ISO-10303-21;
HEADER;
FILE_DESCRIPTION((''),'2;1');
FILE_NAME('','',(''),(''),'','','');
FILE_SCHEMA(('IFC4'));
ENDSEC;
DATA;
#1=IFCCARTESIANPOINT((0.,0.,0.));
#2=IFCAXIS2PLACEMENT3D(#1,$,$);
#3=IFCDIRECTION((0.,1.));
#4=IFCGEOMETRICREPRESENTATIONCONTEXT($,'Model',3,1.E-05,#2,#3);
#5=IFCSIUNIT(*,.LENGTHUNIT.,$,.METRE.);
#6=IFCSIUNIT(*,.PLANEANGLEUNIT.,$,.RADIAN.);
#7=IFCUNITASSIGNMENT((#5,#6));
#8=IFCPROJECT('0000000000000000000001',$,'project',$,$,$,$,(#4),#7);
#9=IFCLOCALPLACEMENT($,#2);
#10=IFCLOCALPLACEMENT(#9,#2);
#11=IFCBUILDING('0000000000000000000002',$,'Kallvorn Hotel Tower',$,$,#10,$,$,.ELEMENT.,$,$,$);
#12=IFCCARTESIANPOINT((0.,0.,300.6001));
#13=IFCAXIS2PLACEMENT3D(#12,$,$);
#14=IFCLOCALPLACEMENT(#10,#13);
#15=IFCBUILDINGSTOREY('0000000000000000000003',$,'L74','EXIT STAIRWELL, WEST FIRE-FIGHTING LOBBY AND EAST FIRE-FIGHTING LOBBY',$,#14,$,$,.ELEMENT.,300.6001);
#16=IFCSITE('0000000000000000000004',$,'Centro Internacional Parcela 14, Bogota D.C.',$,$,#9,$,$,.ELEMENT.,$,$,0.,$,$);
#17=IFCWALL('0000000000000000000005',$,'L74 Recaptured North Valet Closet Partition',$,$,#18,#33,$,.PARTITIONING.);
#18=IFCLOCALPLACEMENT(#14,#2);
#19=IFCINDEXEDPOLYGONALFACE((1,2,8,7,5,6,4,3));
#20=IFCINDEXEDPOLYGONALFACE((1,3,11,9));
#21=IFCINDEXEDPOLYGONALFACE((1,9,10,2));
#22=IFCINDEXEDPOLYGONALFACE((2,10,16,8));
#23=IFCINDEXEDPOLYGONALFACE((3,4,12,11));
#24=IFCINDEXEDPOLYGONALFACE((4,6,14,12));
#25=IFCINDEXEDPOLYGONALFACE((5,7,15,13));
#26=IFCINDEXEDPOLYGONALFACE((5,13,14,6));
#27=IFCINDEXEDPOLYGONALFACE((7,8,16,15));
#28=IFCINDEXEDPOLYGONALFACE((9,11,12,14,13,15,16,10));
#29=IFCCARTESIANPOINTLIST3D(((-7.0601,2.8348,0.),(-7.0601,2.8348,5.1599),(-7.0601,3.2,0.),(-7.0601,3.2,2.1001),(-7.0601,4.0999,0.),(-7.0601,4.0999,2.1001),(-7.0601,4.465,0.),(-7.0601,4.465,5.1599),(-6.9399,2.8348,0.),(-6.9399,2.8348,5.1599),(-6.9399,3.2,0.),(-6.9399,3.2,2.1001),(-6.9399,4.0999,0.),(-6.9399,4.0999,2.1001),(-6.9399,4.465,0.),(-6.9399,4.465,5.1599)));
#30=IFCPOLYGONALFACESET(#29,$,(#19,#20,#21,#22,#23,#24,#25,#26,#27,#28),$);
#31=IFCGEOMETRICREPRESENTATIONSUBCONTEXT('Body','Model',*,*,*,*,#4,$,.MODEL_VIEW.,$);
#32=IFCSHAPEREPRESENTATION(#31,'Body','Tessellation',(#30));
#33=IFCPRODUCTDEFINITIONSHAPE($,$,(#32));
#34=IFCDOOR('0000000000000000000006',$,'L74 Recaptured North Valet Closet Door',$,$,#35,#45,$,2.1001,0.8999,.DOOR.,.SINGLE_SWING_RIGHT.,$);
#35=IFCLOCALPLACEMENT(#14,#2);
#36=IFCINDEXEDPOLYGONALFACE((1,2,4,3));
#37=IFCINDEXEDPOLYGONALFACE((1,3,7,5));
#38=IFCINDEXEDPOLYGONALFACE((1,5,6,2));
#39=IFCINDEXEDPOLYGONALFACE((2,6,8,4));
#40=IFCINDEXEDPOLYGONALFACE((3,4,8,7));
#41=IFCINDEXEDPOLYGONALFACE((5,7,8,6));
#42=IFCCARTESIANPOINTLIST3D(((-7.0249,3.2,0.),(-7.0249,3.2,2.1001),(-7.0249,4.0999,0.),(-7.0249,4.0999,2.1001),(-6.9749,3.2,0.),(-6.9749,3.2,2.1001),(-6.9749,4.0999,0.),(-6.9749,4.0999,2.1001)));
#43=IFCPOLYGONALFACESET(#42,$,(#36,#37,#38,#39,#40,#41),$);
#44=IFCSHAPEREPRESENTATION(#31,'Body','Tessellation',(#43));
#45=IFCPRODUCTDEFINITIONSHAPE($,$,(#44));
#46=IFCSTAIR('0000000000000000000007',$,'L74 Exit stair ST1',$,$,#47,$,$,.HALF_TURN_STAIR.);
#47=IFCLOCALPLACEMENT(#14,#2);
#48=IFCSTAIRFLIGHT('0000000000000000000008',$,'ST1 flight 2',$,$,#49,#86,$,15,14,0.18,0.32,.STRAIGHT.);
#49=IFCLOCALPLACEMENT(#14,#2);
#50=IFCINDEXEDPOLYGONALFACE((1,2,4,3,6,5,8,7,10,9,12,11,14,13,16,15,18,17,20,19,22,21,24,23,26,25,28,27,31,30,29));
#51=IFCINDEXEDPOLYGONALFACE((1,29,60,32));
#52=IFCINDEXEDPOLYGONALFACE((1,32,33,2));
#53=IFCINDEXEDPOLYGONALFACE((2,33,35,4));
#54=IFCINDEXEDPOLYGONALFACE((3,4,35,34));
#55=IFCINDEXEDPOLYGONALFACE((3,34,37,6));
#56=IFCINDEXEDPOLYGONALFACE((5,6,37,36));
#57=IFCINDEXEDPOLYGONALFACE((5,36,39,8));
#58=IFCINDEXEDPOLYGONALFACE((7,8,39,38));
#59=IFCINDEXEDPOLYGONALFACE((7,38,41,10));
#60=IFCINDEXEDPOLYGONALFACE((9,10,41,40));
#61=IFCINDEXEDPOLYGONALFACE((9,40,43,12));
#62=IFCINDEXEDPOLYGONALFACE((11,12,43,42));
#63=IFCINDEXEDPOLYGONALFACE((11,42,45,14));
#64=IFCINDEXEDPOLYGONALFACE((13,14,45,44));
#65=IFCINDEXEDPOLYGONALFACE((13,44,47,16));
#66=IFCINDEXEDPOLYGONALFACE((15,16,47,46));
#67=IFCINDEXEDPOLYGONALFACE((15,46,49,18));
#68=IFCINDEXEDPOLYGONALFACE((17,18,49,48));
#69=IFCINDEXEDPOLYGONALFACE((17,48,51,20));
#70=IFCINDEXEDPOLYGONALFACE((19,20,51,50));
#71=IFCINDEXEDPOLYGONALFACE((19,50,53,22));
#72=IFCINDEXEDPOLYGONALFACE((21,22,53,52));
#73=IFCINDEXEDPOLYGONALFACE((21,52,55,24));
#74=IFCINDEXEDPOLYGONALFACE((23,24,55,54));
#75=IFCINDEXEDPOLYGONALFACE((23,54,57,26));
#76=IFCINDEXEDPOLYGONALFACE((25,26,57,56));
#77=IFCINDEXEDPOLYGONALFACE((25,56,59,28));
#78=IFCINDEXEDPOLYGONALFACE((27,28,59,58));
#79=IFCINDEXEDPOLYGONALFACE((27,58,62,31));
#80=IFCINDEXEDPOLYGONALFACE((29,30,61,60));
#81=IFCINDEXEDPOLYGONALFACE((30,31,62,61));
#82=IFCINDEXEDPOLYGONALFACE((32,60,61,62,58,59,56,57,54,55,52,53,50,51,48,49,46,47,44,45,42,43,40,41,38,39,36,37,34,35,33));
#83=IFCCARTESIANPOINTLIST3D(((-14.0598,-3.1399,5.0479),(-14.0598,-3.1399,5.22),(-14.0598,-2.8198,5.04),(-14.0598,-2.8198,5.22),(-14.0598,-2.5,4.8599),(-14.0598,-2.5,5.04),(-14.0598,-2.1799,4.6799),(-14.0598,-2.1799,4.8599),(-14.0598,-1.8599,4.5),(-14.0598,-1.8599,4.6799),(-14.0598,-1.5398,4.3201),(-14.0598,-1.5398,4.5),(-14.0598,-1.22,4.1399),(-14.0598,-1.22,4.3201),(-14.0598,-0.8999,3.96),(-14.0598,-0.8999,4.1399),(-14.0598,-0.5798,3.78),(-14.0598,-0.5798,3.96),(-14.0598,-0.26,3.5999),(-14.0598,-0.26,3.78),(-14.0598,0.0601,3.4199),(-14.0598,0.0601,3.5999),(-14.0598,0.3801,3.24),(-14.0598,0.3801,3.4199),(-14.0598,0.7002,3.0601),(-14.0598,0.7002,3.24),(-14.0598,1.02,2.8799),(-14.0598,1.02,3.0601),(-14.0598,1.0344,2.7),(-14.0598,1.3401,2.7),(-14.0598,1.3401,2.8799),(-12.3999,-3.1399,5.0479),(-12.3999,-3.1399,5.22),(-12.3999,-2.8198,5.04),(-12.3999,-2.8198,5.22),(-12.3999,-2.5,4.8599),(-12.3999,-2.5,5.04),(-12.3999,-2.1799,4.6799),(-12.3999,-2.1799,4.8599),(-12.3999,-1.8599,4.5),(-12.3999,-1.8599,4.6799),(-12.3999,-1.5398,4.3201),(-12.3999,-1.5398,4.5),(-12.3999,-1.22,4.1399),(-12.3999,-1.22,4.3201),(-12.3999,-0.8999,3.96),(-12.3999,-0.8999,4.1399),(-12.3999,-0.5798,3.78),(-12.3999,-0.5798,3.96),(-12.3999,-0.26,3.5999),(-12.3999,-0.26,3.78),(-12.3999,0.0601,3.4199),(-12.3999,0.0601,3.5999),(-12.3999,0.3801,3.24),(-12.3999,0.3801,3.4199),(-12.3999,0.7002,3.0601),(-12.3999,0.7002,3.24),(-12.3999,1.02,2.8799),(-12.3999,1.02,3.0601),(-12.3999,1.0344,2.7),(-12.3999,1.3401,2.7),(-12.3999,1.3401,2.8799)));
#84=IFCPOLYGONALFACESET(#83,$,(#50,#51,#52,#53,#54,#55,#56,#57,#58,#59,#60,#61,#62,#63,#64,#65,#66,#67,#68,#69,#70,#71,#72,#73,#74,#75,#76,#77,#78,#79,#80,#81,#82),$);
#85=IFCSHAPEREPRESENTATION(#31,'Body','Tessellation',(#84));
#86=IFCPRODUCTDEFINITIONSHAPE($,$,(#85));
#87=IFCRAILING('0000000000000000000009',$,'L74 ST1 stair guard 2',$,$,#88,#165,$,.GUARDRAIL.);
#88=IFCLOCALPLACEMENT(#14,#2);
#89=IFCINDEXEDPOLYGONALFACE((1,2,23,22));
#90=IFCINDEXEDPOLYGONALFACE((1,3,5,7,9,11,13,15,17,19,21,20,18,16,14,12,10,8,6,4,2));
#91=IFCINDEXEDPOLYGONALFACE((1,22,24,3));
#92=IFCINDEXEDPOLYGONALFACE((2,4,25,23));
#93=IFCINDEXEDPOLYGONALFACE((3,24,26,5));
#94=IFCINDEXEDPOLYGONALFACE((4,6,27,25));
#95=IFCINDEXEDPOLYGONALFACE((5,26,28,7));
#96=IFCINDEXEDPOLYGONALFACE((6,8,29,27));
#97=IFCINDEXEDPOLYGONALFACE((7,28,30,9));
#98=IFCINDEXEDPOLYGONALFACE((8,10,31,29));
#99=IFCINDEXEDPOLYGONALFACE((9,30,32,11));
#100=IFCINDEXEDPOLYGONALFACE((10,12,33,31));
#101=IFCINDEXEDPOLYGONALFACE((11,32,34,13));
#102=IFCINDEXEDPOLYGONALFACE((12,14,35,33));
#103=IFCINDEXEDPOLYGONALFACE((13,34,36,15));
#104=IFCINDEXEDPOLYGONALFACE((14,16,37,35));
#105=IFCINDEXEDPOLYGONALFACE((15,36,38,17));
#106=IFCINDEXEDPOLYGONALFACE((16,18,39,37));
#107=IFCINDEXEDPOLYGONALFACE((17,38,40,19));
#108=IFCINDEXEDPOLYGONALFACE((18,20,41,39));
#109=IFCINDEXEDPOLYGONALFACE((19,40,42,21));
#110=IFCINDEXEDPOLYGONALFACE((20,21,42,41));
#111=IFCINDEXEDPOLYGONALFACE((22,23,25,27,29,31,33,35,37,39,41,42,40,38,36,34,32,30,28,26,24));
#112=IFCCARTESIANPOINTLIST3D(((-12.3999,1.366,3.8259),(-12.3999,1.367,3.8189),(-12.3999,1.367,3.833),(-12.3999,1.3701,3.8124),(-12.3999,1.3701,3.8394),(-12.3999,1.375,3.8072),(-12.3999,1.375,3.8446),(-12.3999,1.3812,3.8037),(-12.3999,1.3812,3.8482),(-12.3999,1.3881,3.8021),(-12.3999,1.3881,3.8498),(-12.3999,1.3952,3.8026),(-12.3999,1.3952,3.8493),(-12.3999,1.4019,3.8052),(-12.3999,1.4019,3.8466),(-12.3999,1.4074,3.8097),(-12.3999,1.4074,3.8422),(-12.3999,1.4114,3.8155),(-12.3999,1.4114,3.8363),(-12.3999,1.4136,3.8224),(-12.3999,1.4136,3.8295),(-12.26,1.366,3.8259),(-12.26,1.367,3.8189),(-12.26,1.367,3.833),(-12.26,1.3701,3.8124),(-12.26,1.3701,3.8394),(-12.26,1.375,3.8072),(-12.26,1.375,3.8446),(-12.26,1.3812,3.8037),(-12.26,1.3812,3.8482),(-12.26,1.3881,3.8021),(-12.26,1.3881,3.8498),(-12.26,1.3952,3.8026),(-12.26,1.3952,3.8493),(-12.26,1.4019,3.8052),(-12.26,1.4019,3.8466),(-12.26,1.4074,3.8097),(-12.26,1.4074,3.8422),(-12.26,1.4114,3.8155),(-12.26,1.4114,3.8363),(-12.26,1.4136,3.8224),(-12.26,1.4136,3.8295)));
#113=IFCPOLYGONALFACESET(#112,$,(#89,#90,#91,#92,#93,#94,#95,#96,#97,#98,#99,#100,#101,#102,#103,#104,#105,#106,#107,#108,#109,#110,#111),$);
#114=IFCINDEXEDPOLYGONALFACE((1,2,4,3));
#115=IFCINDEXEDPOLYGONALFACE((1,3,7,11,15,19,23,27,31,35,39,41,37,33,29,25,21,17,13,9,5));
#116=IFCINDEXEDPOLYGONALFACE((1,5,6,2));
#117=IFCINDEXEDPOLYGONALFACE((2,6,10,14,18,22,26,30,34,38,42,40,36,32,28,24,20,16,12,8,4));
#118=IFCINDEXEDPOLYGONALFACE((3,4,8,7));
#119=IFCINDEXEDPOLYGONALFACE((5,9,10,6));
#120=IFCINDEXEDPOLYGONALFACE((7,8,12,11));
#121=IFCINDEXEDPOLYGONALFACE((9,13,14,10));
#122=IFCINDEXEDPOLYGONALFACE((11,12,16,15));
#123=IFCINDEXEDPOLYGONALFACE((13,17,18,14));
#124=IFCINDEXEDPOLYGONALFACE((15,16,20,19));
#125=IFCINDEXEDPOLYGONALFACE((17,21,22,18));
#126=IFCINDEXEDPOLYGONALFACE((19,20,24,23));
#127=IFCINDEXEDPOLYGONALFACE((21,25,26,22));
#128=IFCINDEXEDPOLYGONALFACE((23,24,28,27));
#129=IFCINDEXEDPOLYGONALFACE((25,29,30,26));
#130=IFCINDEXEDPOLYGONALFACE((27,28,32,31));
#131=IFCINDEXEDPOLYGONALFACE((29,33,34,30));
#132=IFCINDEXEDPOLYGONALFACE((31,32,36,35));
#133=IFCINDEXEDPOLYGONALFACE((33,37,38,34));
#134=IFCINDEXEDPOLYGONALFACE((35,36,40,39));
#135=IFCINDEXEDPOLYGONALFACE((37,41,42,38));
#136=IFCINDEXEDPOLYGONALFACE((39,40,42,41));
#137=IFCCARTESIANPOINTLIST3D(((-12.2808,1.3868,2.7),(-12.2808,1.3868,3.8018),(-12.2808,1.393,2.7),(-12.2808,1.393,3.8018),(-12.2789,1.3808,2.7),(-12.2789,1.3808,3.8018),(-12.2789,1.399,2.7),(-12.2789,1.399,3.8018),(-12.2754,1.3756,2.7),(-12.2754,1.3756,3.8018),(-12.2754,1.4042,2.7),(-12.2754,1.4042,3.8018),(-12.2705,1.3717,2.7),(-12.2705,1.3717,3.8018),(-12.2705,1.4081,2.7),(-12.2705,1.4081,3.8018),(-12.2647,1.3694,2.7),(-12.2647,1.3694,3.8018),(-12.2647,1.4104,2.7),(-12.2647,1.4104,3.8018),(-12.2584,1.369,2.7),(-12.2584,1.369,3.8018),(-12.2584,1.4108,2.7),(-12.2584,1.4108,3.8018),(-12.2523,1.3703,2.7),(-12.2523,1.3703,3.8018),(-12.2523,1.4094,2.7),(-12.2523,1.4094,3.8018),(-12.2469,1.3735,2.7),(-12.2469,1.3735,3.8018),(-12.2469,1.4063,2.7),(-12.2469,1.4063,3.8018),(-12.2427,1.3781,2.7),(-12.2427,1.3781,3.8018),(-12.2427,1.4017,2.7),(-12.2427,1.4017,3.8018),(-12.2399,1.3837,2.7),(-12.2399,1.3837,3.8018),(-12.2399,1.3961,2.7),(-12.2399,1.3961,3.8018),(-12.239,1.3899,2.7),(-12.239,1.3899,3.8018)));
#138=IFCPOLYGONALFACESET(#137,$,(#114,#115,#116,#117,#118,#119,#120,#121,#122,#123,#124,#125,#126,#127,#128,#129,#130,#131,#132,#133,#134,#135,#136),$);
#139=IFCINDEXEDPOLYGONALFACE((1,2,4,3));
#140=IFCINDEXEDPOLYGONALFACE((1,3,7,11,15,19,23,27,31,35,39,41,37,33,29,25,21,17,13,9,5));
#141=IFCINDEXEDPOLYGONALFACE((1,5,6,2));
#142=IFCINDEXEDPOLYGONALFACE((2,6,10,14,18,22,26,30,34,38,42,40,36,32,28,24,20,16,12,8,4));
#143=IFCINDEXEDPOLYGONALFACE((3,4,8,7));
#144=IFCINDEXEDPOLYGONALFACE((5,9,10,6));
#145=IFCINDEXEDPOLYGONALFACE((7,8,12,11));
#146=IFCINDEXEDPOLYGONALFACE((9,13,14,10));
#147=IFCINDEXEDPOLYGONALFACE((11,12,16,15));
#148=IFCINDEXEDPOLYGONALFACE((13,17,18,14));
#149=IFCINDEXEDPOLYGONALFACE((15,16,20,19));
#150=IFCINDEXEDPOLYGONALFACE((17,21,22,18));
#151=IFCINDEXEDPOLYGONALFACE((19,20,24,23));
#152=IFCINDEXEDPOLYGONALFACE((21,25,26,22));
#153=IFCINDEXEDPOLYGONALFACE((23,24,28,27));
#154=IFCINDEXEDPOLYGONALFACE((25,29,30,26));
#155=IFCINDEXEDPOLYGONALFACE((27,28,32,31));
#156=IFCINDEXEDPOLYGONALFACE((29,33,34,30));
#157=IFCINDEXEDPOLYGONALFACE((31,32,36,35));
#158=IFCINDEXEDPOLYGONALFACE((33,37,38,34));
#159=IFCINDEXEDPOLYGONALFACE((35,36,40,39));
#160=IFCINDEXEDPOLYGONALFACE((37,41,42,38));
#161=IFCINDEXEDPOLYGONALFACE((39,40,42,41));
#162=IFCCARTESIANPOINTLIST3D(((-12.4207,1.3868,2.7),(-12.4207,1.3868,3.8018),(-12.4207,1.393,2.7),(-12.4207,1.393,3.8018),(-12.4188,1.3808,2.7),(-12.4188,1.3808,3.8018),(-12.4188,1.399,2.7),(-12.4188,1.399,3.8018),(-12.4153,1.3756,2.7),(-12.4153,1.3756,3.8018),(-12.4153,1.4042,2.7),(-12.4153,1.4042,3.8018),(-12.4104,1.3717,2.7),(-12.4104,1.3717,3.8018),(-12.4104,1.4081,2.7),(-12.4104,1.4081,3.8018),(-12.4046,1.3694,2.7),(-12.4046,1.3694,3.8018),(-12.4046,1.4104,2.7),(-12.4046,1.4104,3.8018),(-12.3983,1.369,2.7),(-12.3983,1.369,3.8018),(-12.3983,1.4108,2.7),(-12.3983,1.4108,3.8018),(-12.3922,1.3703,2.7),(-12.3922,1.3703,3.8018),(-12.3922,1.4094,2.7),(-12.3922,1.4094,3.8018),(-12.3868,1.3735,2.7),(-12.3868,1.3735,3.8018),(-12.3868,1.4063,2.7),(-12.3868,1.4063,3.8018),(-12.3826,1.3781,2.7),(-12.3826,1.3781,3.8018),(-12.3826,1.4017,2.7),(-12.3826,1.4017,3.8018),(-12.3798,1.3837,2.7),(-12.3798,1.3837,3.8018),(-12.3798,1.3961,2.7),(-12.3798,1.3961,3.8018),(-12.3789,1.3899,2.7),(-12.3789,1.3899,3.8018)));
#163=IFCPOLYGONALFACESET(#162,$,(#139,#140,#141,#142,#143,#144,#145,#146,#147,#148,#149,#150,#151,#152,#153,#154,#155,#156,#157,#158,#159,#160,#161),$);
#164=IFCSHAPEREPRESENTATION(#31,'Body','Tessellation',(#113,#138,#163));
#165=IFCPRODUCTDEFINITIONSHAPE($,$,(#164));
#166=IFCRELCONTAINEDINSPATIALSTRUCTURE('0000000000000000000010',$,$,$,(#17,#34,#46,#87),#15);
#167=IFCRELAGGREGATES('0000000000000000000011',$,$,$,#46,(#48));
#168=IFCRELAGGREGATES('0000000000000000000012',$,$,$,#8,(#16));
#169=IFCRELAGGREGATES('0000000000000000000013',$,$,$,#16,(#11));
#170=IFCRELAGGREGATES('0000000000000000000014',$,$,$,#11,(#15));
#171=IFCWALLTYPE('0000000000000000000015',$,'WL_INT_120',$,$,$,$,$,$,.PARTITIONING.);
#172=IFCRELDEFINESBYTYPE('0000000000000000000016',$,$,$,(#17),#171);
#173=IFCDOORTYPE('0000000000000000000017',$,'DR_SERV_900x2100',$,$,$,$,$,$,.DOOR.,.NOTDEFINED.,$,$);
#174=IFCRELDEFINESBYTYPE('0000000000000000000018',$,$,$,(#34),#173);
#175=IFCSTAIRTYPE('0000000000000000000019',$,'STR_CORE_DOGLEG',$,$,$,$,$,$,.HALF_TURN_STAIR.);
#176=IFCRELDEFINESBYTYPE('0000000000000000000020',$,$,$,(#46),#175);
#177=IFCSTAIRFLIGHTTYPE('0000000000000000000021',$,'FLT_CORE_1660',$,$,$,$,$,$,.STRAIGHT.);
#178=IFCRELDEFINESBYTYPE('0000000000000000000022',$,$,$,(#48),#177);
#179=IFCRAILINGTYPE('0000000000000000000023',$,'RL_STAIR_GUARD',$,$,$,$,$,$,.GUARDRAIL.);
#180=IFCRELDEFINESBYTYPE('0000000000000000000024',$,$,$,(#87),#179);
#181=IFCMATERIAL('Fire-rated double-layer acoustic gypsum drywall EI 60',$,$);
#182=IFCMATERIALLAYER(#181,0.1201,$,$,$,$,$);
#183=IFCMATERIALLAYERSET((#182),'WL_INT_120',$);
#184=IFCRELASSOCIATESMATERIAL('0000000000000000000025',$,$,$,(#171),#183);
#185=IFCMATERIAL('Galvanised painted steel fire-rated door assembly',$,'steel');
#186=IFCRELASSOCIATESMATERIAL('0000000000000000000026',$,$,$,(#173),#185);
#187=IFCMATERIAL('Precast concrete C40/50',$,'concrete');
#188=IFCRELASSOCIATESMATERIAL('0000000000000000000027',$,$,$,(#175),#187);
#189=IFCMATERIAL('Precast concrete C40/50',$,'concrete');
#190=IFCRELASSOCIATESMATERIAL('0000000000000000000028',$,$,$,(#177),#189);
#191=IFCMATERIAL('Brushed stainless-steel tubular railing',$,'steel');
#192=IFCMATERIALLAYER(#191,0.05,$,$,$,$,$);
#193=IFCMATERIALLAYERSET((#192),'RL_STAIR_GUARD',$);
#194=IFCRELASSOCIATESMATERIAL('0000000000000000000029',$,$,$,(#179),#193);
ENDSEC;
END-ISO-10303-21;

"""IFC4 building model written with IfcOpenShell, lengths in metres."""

from ifc_helpers import new_model, si_unit, direction, frame, frame_2d, origin, origin_2d, place, context, subcontext, project, spatial, polyline, rectangle, circle, outline, extrude, material, layer, layer_set, type_object, element, fill, aggregate, save


model = new_model("IFC4")

# Units and contexts
model_context = context("Model", 3, precision=1e-05, world=origin(), true_north=direction((0.0, 1.0)))
body_context = subcontext(model_context, "Body", "Model", "MODEL_VIEW")
ifc_project = project(units=[si_unit("LENGTHUNIT", "METRE"), si_unit("PLANEANGLEUNIT", "RADIAN")], contexts=[model_context])

# Site, building, storey
site_placement = place(None, origin())
site = spatial("IfcSite", under=ifc_project, at=site_placement, Name="Centro Internacional Parcela 14, Bogota D.C.", CompositionType="ELEMENT", RefElevation=0.0)
building_placement = place(site_placement, origin())
building = spatial("IfcBuilding", under=site, at=building_placement, Name="Kallvorn Hotel Tower", CompositionType="ELEMENT")
storey_placement = place(building_placement, frame((0.0, 0.0, 300.6001)))
storey = spatial("IfcBuildingStorey", under=building, at=storey_placement, Name="L74", Description="EXIT STAIRWELL, WEST FIRE-FIGHTING LOBBY AND EAST FIRE-FIGHTING LOBBY", CompositionType="ELEMENT", Elevation=300.6001)

# Shared definitions
ifc_material_1 = material(Name="Fire-rated double-layer acoustic gypsum drywall EI 60")
ifc_layer_1 = layer(ifc_material_1, 0.1201)
ifc_layer_set_1 = layer_set([ifc_layer_1], Name="WL_INT_120")
wall_type_1 = type_object("IfcWallType", Name="WL_INT_120", PredefinedType="PARTITIONING", material=ifc_layer_set_1)

# Wall, opening, door
wall_1_placement = place(storey_placement, frame((-7.0, 2.835, 0.0), z_axis=(0.0, 0.0, 1.0), x_axis=(0.0, 1.0, 0.0)))
wall_1 = element("IfcWall", 1, at=wall_1_placement, inside=storey, type_object=wall_type_1, Name="L74 Recaptured North Valet Closet Partition", PredefinedType="PARTITIONING", context=body_context, shape_type="SweptSolid", body=[
    extrude(rectangle(XDim=1.6301, YDim=0.1201, at=frame_2d((0.8149, 0.0))), origin(), (0.0, 0.0, 1.0), 5.1599),
])
opening_1_placement = place(wall_1_placement, frame((0.365, 0.0, 0.0)))
opening_1 = element("IfcOpeningElement", 2, at=opening_1_placement, cuts=wall_1, PredefinedType="OPENING", context=body_context, shape_type="SweptSolid", body=[
    extrude(rectangle(XDim=0.8999, YDim=2.1001, at=frame_2d((0.45, 1.05))), frame((0.0, 0.075, 0.0), z_axis=(0.0, -1.0, 0.0), x_axis=(1.0, 0.0, 0.0)), (0.0, 0.0, 1.0), 0.1501),
])
ifc_material_2 = material(Name="Galvanised painted steel fire-rated door assembly", Category="steel")
door_type_1 = type_object("IfcDoorType", Name="DR_SERV_900x2100", OperationType="NOTDEFINED", PredefinedType="DOOR", material=ifc_material_2)
door_1_placement = place(opening_1_placement, origin())
door_1 = element("IfcDoor", 3, at=door_1_placement, inside=storey, type_object=door_type_1, Name="L74 Recaptured North Valet Closet Door", OperationType="SINGLE_SWING_RIGHT", OverallHeight=2.1001, OverallWidth=0.8999, PredefinedType="DOOR", context=body_context, shape_type="SweptSolid", body=[
    extrude(rectangle(XDim=0.8999, YDim=2.1001, at=frame_2d((0.45, 1.05))), frame((0.0, 0.0249, 0.0), z_axis=(0.0, -1.0, 0.0), x_axis=(1.0, 0.0, 0.0)), (0.0, 0.0, 1.0), 0.05),
])
fill(opening_1, door_1)

# Stair, stair flight
ifc_material_3 = material(Name="Precast concrete C40/50", Category="concrete")
stair_type = type_object("IfcStairType", Name="STR_CORE_DOGLEG", PredefinedType="HALF_TURN_STAIR", material=ifc_material_3)
stair_placement = place(storey_placement, origin())
stair = element("IfcStair", 4, at=stair_placement, inside=storey, type_object=stair_type, Name="L74 Exit stair ST1", PredefinedType="HALF_TURN_STAIR")
ifc_material_4 = material(Name="Precast concrete C40/50", Category="concrete")
stair_flight_type = type_object("IfcStairFlightType", Name="FLT_CORE_1660", PredefinedType="STRAIGHT", material=ifc_material_4)
stair_flight_placement = place(storey_placement, frame((-13.23, 1.3401, 2.7), z_axis=(0.0, 0.0, 1.0), x_axis=(0.0, -1.0, 0.0)))
stair_flight = element("IfcStairFlight", 5, at=stair_flight_placement, type_object=stair_flight_type, Name="ST1 flight 2", NumberOfRisers=15, NumberOfTreads=14, PredefinedType="STRAIGHT", RiserHeight=0.18, TreadLength=0.32, context=body_context, shape_type="SweptSolid", body=[
    extrude(outline(polyline([(0.0, 0.0), (0.0, 0.1799), (0.3201, 0.1799), (0.3201, 0.3601), (0.6399, 0.3601), (0.6399, 0.54), (0.96, 0.54), (0.96, 0.72), (1.28, 0.72), (1.28, 0.8999), (1.6001, 0.8999), (1.6001, 1.0801), (1.9199, 1.0801), (1.9199, 1.26), (2.24, 1.26), (2.24, 1.4399), (2.5601, 1.4399), (2.5601, 1.6201), (2.8799, 1.6201), (2.8799, 1.8), (3.2, 1.8), (3.2, 1.98), (3.52, 1.98), (3.52, 2.1599), (3.8401, 2.1599), (3.8401, 2.3401), (4.1599, 2.3401), (4.1599, 2.52), (4.48, 2.52), (4.48, 2.7), (4.48, 2.3479), (0.3057, 0.0), (0.0, 0.0)])), frame((0.0, 0.8301, 0.0), z_axis=(0.0, -1.0, 0.0), x_axis=(1.0, 0.0, 0.0)), (0.0, 0.0, 1.0), 1.6599),
])
aggregate(stair, [stair_flight])

# Railing
ifc_material_5 = material(Name="Brushed stainless-steel tubular railing", Category="steel")
ifc_layer_2 = layer(ifc_material_5, 0.05)
ifc_layer_set_2 = layer_set([ifc_layer_2], Name="RL_STAIR_GUARD")
railing_type_1 = type_object("IfcRailingType", Name="RL_STAIR_GUARD", PredefinedType="GUARDRAIL", material=ifc_layer_set_2)
railing_1_placement = place(storey_placement, frame((-12.26, 1.3899, 2.7)))
element("IfcRailing", 6, at=railing_1_placement, inside=storey, type_object=railing_type_1, Name="L74 ST1 stair guard 2", PredefinedType="GUARDRAIL", context=body_context, shape_type="SweptSolid", body=[
    extrude(circle(Radius=0.0239, at=origin_2d()), frame((0.0, 0.0, 1.126), z_axis=(-1.0, 0.0, 0.0), x_axis=(0.0, -1.0, 0.0)), (0.0, 0.0, 1.0), 0.1399),
    extrude(circle(Radius=0.021, at=origin_2d()), origin(), (0.0, 0.0, 1.0), 1.1018),
    extrude(circle(Radius=0.021, at=origin_2d()), frame((-0.1399, 0.0, 0.0)), (0.0, 0.0, 1.0), 1.1018),
])

save(model, "model.ifc")
